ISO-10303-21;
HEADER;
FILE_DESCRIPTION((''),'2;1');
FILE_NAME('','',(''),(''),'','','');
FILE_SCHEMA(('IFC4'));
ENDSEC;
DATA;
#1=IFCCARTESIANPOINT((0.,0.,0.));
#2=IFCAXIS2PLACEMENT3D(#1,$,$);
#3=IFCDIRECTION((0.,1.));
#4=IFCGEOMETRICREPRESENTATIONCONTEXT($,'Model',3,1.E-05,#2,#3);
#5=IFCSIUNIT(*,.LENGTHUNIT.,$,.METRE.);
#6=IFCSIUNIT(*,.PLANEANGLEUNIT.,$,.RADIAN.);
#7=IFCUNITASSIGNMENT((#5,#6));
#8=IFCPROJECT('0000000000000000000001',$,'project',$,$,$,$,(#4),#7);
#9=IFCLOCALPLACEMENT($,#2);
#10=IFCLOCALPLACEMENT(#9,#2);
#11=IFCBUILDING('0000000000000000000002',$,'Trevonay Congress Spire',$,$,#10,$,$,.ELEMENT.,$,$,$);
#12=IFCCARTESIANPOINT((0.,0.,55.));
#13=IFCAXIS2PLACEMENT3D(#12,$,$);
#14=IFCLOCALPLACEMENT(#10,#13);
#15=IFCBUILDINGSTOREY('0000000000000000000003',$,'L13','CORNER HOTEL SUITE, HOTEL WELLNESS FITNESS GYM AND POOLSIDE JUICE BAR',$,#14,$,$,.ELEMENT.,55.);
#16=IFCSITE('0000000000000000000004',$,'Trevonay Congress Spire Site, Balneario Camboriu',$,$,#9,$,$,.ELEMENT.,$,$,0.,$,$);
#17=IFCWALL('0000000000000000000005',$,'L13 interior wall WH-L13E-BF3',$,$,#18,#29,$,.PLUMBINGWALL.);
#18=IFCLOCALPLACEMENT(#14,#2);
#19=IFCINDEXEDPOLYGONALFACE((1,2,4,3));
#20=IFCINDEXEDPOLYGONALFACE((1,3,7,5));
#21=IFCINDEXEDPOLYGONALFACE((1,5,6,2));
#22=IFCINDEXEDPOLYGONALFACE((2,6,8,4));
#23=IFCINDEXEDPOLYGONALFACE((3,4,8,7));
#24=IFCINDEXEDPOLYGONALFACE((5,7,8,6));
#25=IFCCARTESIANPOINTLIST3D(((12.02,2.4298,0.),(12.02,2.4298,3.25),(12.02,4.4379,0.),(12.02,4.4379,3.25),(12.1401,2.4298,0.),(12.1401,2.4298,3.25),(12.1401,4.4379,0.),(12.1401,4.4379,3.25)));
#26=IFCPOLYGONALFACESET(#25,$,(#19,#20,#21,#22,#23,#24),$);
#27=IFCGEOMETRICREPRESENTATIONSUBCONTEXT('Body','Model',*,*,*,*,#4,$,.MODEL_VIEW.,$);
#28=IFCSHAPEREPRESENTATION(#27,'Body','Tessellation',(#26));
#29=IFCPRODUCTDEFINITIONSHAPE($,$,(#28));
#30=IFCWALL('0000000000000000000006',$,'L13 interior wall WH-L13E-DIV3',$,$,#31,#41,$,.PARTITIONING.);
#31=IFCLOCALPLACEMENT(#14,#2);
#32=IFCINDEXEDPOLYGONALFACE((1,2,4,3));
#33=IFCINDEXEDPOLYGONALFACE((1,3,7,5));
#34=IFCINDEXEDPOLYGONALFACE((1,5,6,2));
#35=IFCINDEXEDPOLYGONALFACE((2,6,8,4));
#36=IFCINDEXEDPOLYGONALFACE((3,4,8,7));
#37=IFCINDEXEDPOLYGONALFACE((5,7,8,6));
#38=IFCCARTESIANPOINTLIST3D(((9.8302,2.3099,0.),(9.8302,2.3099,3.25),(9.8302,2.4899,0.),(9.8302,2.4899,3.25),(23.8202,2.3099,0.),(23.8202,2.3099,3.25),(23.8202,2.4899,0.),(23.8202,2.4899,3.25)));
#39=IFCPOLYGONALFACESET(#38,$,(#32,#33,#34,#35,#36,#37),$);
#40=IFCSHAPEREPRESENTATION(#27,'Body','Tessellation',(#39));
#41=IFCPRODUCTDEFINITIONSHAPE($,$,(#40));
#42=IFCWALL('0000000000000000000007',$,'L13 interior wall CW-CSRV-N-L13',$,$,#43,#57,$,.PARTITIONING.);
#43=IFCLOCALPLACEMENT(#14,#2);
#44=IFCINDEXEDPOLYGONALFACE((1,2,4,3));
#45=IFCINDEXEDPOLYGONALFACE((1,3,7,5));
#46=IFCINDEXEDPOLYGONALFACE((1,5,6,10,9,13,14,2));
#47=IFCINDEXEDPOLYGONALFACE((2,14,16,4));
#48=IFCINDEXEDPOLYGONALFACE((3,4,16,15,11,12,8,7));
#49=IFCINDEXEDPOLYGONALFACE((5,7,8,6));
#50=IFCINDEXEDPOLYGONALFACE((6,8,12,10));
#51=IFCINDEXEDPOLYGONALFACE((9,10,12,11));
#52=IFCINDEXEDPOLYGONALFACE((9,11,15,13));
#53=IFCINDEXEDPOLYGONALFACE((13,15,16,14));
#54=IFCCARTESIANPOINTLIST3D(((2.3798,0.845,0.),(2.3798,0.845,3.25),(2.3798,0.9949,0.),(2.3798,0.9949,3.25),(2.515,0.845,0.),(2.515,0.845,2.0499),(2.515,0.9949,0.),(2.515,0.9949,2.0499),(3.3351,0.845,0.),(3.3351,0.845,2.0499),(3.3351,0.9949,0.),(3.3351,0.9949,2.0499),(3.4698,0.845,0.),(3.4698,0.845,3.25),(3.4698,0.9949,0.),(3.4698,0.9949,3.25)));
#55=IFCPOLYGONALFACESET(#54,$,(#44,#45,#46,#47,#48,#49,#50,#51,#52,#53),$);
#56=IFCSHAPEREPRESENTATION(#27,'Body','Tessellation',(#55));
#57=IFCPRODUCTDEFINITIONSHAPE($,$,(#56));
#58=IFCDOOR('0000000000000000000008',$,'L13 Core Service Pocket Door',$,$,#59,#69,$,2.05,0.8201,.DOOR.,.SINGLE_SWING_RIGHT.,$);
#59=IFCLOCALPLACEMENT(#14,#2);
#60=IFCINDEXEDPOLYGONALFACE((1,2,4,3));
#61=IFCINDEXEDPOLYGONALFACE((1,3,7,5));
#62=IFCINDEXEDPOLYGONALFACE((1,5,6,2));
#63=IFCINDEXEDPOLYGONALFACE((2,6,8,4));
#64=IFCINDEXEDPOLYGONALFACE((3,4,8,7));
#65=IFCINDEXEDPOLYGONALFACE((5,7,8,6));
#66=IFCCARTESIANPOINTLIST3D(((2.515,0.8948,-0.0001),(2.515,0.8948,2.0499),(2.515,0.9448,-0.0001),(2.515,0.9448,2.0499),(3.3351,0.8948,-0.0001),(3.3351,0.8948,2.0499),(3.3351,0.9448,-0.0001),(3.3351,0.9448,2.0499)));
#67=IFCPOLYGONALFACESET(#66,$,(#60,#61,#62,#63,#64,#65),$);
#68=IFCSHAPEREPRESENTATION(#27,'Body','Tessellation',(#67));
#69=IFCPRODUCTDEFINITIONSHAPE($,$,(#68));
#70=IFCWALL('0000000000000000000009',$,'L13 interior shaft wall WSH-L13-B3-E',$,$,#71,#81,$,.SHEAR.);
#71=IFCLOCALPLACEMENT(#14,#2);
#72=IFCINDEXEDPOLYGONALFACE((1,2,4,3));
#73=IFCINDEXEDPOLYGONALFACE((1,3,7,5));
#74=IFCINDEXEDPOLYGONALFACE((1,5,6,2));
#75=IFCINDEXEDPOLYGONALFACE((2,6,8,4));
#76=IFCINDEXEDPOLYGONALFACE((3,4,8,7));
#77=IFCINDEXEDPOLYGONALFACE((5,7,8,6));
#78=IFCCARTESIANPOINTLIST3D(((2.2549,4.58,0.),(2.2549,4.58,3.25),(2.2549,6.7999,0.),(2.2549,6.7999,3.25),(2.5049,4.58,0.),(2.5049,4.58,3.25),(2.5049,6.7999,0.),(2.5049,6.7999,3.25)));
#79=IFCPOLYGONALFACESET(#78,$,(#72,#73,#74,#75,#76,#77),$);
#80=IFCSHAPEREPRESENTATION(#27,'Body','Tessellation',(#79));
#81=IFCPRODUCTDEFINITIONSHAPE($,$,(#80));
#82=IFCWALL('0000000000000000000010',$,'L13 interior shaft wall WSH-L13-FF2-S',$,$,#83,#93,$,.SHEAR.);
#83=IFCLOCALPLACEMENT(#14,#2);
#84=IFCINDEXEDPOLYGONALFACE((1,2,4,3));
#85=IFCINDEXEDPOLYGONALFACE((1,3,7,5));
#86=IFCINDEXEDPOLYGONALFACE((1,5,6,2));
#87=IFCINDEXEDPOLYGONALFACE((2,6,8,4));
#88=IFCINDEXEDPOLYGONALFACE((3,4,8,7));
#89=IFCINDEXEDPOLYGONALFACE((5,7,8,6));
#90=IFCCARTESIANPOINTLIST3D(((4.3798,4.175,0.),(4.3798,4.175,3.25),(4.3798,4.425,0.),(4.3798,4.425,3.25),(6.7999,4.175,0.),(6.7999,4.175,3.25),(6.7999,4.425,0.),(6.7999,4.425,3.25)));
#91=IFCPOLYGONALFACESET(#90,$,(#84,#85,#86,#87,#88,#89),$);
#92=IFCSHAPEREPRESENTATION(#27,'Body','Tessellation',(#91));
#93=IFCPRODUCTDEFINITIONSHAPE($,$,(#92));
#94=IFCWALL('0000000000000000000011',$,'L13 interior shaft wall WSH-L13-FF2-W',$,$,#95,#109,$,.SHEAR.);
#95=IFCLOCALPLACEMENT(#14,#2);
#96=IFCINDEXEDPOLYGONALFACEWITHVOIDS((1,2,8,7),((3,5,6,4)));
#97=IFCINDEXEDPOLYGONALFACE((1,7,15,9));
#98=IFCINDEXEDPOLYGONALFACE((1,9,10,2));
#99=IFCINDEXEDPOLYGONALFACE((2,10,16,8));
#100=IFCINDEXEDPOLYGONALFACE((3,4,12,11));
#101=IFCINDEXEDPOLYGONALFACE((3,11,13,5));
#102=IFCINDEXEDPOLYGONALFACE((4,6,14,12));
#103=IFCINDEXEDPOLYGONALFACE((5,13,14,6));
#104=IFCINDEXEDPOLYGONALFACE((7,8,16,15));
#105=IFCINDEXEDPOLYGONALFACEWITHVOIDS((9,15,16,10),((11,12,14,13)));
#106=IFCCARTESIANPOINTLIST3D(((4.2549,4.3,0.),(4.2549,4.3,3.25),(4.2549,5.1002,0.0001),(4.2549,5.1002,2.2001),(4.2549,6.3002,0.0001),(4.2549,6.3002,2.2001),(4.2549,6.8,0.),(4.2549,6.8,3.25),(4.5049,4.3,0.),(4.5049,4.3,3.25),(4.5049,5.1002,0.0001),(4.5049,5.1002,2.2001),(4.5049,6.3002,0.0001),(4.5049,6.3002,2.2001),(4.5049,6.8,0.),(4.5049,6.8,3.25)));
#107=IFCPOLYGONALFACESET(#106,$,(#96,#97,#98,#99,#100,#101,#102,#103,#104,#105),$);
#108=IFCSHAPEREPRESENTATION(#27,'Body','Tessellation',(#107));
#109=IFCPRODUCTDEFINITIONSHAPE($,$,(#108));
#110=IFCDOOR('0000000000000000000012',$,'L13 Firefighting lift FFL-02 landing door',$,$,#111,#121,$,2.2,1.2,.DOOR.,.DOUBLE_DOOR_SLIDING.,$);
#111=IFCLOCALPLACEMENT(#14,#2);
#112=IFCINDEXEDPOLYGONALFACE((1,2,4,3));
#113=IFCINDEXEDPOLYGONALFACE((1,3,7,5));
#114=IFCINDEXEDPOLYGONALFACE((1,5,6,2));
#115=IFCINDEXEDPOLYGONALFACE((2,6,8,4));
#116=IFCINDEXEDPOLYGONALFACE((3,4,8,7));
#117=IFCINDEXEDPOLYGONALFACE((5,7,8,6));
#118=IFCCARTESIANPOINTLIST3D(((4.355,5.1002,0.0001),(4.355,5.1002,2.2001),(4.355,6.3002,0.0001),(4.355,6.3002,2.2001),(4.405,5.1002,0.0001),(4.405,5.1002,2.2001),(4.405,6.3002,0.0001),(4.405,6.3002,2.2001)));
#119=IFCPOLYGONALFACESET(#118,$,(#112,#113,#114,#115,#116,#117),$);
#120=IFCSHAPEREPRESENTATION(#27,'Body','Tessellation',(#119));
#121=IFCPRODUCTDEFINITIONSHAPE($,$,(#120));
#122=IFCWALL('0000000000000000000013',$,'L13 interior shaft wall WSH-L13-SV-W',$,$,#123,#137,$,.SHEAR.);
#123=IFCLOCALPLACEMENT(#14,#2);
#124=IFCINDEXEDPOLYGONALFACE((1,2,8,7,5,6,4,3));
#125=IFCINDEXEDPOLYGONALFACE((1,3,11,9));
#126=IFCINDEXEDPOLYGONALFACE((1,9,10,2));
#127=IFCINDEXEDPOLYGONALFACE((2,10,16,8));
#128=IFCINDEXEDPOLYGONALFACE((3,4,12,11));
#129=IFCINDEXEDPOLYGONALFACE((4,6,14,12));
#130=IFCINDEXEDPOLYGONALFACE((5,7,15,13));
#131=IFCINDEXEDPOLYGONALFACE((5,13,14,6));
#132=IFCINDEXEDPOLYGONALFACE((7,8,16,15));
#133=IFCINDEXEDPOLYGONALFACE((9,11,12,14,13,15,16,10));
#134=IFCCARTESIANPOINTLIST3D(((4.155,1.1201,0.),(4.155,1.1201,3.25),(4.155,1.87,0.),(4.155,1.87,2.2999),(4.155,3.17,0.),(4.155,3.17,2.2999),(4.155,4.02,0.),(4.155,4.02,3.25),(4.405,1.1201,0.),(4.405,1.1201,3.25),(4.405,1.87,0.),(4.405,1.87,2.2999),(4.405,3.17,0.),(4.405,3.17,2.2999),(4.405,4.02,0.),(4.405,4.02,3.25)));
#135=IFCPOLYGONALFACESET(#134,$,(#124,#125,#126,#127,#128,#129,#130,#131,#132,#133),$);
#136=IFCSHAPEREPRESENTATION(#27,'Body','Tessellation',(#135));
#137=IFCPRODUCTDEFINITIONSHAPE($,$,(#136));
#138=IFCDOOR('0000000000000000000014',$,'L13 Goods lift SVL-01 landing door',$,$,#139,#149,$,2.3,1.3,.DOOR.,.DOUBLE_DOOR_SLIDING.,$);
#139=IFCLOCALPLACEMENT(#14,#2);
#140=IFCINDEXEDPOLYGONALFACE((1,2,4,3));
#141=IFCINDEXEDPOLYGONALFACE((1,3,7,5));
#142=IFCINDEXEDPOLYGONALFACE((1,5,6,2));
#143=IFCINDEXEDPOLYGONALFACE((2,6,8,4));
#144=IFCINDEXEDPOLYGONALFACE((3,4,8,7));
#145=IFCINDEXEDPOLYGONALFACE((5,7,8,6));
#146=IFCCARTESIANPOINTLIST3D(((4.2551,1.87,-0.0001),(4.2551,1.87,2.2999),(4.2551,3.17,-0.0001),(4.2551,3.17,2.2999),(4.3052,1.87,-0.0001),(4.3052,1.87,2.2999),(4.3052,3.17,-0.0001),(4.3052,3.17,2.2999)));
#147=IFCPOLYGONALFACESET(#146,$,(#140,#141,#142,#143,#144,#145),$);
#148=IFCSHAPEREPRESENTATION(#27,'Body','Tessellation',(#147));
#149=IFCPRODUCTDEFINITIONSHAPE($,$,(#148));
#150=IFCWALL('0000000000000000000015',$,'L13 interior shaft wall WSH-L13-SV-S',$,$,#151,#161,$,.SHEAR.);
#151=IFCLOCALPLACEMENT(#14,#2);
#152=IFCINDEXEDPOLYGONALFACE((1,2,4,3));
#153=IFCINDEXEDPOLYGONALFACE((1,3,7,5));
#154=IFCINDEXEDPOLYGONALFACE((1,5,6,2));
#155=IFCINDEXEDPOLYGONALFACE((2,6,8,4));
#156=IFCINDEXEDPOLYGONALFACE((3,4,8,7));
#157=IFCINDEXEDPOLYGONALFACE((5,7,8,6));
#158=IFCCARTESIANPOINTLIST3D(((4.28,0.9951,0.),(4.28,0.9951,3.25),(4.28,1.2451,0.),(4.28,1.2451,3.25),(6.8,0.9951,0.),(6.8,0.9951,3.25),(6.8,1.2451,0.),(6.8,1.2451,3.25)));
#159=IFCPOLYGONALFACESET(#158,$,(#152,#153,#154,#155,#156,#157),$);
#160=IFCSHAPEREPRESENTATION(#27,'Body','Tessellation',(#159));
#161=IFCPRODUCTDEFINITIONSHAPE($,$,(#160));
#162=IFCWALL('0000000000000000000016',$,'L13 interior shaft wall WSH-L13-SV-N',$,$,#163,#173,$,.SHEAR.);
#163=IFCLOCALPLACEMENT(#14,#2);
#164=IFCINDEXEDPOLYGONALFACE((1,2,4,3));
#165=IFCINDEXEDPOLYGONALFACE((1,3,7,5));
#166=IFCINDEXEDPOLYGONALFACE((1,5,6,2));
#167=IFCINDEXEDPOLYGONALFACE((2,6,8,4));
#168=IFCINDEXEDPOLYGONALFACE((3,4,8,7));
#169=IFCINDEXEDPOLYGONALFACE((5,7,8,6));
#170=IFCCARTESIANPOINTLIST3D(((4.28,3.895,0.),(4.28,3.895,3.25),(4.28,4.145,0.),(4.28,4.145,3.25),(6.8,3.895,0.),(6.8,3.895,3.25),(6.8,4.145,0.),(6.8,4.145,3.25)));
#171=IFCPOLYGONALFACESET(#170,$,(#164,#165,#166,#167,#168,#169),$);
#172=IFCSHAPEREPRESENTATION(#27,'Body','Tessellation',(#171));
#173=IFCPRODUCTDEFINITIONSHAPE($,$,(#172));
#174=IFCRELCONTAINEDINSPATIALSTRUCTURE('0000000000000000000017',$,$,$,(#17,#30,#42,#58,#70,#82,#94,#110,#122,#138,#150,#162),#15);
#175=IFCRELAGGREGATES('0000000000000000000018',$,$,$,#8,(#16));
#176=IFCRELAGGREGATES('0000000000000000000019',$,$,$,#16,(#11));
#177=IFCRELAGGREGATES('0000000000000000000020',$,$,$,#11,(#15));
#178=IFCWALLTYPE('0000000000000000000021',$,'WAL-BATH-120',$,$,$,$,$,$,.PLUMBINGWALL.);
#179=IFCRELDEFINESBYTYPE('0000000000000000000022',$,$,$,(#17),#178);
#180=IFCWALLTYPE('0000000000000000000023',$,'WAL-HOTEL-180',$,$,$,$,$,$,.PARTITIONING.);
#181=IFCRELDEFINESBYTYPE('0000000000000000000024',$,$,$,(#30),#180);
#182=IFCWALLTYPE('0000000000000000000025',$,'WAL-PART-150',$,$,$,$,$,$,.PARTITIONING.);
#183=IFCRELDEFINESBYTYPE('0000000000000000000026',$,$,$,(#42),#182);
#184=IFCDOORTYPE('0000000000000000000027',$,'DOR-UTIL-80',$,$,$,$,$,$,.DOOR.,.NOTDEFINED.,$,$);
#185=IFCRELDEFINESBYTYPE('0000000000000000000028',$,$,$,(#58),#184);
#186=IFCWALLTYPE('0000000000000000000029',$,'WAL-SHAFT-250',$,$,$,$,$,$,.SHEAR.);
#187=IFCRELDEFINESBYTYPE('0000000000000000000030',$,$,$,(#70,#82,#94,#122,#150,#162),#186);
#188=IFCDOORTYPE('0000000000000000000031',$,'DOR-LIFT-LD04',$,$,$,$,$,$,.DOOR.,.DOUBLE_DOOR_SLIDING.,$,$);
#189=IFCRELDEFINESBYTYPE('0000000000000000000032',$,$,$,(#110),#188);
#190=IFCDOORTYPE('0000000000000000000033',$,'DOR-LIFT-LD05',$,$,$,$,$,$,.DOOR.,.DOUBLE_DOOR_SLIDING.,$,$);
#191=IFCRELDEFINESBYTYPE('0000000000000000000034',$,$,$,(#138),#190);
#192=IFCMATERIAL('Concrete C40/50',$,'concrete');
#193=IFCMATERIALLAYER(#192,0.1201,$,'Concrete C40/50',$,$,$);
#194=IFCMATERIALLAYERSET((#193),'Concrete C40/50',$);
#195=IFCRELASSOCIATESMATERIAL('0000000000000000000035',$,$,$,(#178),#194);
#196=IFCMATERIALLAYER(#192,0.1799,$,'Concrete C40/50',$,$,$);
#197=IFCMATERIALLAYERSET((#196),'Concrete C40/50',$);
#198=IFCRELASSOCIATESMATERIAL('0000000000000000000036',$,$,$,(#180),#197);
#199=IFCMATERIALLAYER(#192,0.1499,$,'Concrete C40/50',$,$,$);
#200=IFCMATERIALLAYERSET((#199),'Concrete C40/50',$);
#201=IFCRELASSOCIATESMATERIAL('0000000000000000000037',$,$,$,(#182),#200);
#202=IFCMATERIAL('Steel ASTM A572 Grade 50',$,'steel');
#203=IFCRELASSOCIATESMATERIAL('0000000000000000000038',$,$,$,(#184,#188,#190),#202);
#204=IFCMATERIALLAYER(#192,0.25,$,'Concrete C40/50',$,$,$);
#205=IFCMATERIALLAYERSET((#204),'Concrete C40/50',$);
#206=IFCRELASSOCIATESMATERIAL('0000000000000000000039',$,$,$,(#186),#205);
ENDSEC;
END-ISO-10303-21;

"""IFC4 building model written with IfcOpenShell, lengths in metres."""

from ifc_helpers import new_model, si_unit, direction, frame, frame_2d, origin, place, context, subcontext, project, spatial, rectangle, extrude, material, layer, layer_set, type_object, element, fill, save


model = new_model("IFC4")

# Units and contexts
model_context = context("Model", 3, precision=1e-05, world=origin(), true_north=direction((0.0, 1.0)))
body_context = subcontext(model_context, "Body", "Model", "MODEL_VIEW")
ifc_project = project(units=[si_unit("LENGTHUNIT", "METRE"), si_unit("PLANEANGLEUNIT", "RADIAN")], contexts=[model_context])

# Site, building, storey
site_placement = place(None, origin())
site = spatial("IfcSite", under=ifc_project, at=site_placement, Name="Trevonay Congress Spire Site, Balneario Camboriu", CompositionType="ELEMENT", RefElevation=0.0)
building_placement = place(site_placement, origin())
building = spatial("IfcBuilding", under=site, at=building_placement, Name="Trevonay Congress Spire", CompositionType="ELEMENT")
storey_placement = place(building_placement, frame((0.0, 0.0, 55.0)))
storey = spatial("IfcBuildingStorey", under=building, at=storey_placement, Name="L13", Description="CORNER HOTEL SUITE, HOTEL WELLNESS FITNESS GYM AND POOLSIDE JUICE BAR", CompositionType="ELEMENT", Elevation=55.0)

# Shared definitions
ifc_material_1 = material(Name="Steel ASTM A572 Grade 50", Category="steel")

# Shared definitions
ifc_material_2 = material(Name="Concrete C40/50", Category="concrete")
ifc_layer_1 = layer(ifc_material_2, 0.1201, Name="Concrete C40/50")
ifc_layer_set_1 = layer_set([ifc_layer_1], Name="Concrete C40/50")
wall_type_1 = type_object("IfcWallType", Name="WAL-BATH-120", PredefinedType="PLUMBINGWALL", material=ifc_layer_set_1)

# Walls
wall_1_placement = place(storey_placement, frame((12.0801, 2.4299, 0.0), z_axis=(0.0, 0.0, 1.0), x_axis=(0.0, 1.0, 0.0)))
element("IfcWall", 1, at=wall_1_placement, inside=storey, type_object=wall_type_1, Name="L13 interior wall WH-L13E-BF3", PredefinedType="PLUMBINGWALL", context=body_context, shape_type="SweptSolid", body=[
    extrude(rectangle(XDim=2.0081, YDim=0.1201, at=frame_2d((1.0039, 0.0))), origin(), (0.0, 0.0, 1.0), 3.25),
])
ifc_layer_2 = layer(ifc_material_2, 0.1799, Name="Concrete C40/50")
ifc_layer_set_2 = layer_set([ifc_layer_2], Name="Concrete C40/50")
wall_type_2 = type_object("IfcWallType", Name="WAL-HOTEL-180", PredefinedType="PARTITIONING", material=ifc_layer_set_2)
wall_2_placement = place(storey_placement, frame((9.8301, 2.3999, 0.0), z_axis=(0.0, 0.0, 1.0), x_axis=(1.0, 0.0, 0.0)))
element("IfcWall", 2, at=wall_2_placement, inside=storey, type_object=wall_type_2, Name="L13 interior wall WH-L13E-DIV3", PredefinedType="PARTITIONING", context=body_context, shape_type="SweptSolid", body=[
    extrude(rectangle(XDim=13.99, YDim=0.1799, at=frame_2d((6.9951, 0.0))), origin(), (0.0, 0.0, 1.0), 3.25),
])

# Wall, opening, door
ifc_layer_3 = layer(ifc_material_2, 0.1499, Name="Concrete C40/50")
ifc_layer_set_3 = layer_set([ifc_layer_3], Name="Concrete C40/50")
wall_type_3 = type_object("IfcWallType", Name="WAL-PART-150", PredefinedType="PARTITIONING", material=ifc_layer_set_3)
wall_3_placement = place(storey_placement, frame((2.3799, 0.9199, 0.0), z_axis=(0.0, 0.0, 1.0), x_axis=(1.0, 0.0, 0.0)))
wall_3 = element("IfcWall", 3, at=wall_3_placement, inside=storey, type_object=wall_type_3, Name="L13 interior wall CW-CSRV-N-L13", PredefinedType="PARTITIONING", context=body_context, shape_type="SweptSolid", body=[
    extrude(rectangle(XDim=1.0901, YDim=0.1499, at=frame_2d((0.5449, 0.0))), origin(), (0.0, 0.0, 1.0), 3.25),
])
opening_1_placement = place(wall_3_placement, frame((0.135, 0.0, 0.0)))
opening_1 = element("IfcOpeningElement", 4, at=opening_1_placement, cuts=wall_3, PredefinedType="OPENING", context=body_context, shape_type="SweptSolid", body=[
    extrude(rectangle(XDim=0.8201, YDim=2.05, at=frame_2d((0.4102, 1.0249))), frame((0.0, 0.085, 0.0), z_axis=(0.0, -1.0, 0.0), x_axis=(1.0, 0.0, 0.0)), (0.0, 0.0, 1.0), 0.1699),
])
door_type_1 = type_object("IfcDoorType", Name="DOR-UTIL-80", OperationType="NOTDEFINED", PredefinedType="DOOR", material=ifc_material_1)
door_1_placement = place(opening_1_placement, origin())
door_1 = element("IfcDoor", 5, at=door_1_placement, inside=storey, type_object=door_type_1, Name="L13 Core Service Pocket Door", OperationType="SINGLE_SWING_RIGHT", OverallHeight=2.05, OverallWidth=0.8201, PredefinedType="DOOR", context=body_context, shape_type="SweptSolid", body=[
    extrude(rectangle(XDim=0.8201, YDim=2.05, at=frame_2d((0.4102, 1.0249))), frame((0.0, 0.0249, 0.0), z_axis=(0.0, -1.0, 0.0), x_axis=(1.0, 0.0, 0.0)), (0.0, 0.0, 1.0), 0.05),
])
fill(opening_1, door_1)

# Walls
ifc_layer_4 = layer(ifc_material_2, 0.25, Name="Concrete C40/50")
ifc_layer_set_4 = layer_set([ifc_layer_4], Name="Concrete C40/50")
wall_type_4 = type_object("IfcWallType", Name="WAL-SHAFT-250", PredefinedType="SHEAR", material=ifc_layer_set_4)
wall_4_placement = place(storey_placement, frame((2.3799, 4.5801, 0.0), z_axis=(0.0, 0.0, 1.0), x_axis=(0.0, 1.0, 0.0)))
element("IfcWall", 6, at=wall_4_placement, inside=storey, type_object=wall_type_4, Name="L13 interior shaft wall WSH-L13-B3-E", PredefinedType="SHEAR", context=body_context, shape_type="SweptSolid", body=[
    extrude(rectangle(XDim=2.22, YDim=0.25, at=frame_2d((1.1099, 0.0))), origin(), (0.0, 0.0, 1.0), 3.25),
])
wall_5_placement = place(storey_placement, frame((4.3799, 4.3, 0.0), z_axis=(0.0, 0.0, 1.0), x_axis=(1.0, 0.0, 0.0)))
element("IfcWall", 7, at=wall_5_placement, inside=storey, type_object=wall_type_4, Name="L13 interior shaft wall WSH-L13-FF2-S", PredefinedType="SHEAR", context=body_context, shape_type="SweptSolid", body=[
    extrude(rectangle(XDim=2.4202, YDim=0.25, at=frame_2d((1.21, 0.0))), origin(), (0.0, 0.0, 1.0), 3.25),
])

# Walls, openings, doors
wall_6_placement = place(storey_placement, frame((4.3799, 4.3, 0.0), z_axis=(0.0, 0.0, 1.0), x_axis=(0.0, 1.0, 0.0)))
wall_6 = element("IfcWall", 8, at=wall_6_placement, inside=storey, type_object=wall_type_4, Name="L13 interior shaft wall WSH-L13-FF2-W", PredefinedType="SHEAR", context=body_context, shape_type="SweptSolid", body=[
    extrude(rectangle(XDim=2.5, YDim=0.25, at=frame_2d((1.25, 0.0))), origin(), (0.0, 0.0, 1.0), 3.25),
])
opening_2_placement = place(wall_6_placement, frame((0.8, 0.0, 0.0)))
opening_2 = element("IfcOpeningElement", 9, at=opening_2_placement, cuts=wall_6, PredefinedType="OPENING", context=body_context, shape_type="SweptSolid", body=[
    extrude(rectangle(XDim=1.2, YDim=2.2, at=frame_2d((0.6001, 1.1001))), frame((0.0, 0.135, 0.0), z_axis=(0.0, -1.0, 0.0), x_axis=(1.0, 0.0, 0.0)), (0.0, 0.0, 1.0), 0.27),
])
door_type_2 = type_object("IfcDoorType", Name="DOR-LIFT-LD04", OperationType="DOUBLE_DOOR_SLIDING", PredefinedType="DOOR", material=ifc_material_1)
door_2_placement = place(opening_2_placement, origin())
door_2 = element("IfcDoor", 10, at=door_2_placement, inside=storey, type_object=door_type_2, Name="L13 Firefighting lift FFL-02 landing door", OperationType="DOUBLE_DOOR_SLIDING", OverallHeight=2.2, OverallWidth=1.2, PredefinedType="DOOR", context=body_context, shape_type="SweptSolid", body=[
    extrude(rectangle(XDim=1.2, YDim=2.2, at=frame_2d((0.6001, 1.1001))), frame((0.0, 0.0249, 0.0), z_axis=(0.0, -1.0, 0.0), x_axis=(1.0, 0.0, 0.0)), (0.0, 0.0, 1.0), 0.05),
])
fill(opening_2, door_2)
wall_7_placement = place(storey_placement, frame((4.28, 1.1201, 0.0), z_axis=(0.0, 0.0, 1.0), x_axis=(0.0, 1.0, 0.0)))
wall_7 = element("IfcWall", 11, at=wall_7_placement, inside=storey, type_object=wall_type_4, Name="L13 interior shaft wall WSH-L13-SV-W", PredefinedType="SHEAR", context=body_context, shape_type="SweptSolid", body=[
    extrude(rectangle(XDim=2.8999, YDim=0.25, at=frame_2d((1.45, 0.0))), origin(), (0.0, 0.0, 1.0), 3.25),
])
opening_3_placement = place(wall_7_placement, frame((0.75, 0.0, 0.0)))
opening_3 = element("IfcOpeningElement", 12, at=opening_3_placement, cuts=wall_7, PredefinedType="OPENING", context=body_context, shape_type="SweptSolid", body=[
    extrude(rectangle(XDim=1.3, YDim=2.3, at=frame_2d((0.6499, 1.1499))), frame((0.0, 0.135, 0.0), z_axis=(0.0, -1.0, 0.0), x_axis=(1.0, 0.0, 0.0)), (0.0, 0.0, 1.0), 0.27),
])
door_type_3 = type_object("IfcDoorType", Name="DOR-LIFT-LD05", OperationType="DOUBLE_DOOR_SLIDING", PredefinedType="DOOR", material=ifc_material_1)
door_3_placement = place(opening_3_placement, origin())
door_3 = element("IfcDoor", 13, at=door_3_placement, inside=storey, type_object=door_type_3, Name="L13 Goods lift SVL-01 landing door", OperationType="DOUBLE_DOOR_SLIDING", OverallHeight=2.3, OverallWidth=1.3, PredefinedType="DOOR", context=body_context, shape_type="SweptSolid", body=[
    extrude(rectangle(XDim=1.3, YDim=2.3, at=frame_2d((0.6499, 1.1499))), frame((0.0, 0.0249, 0.0), z_axis=(0.0, -1.0, 0.0), x_axis=(1.0, 0.0, 0.0)), (0.0, 0.0, 1.0), 0.05),
])
fill(opening_3, door_3)

# Walls
for number, where, z_axis, x_axis, name in (
    (14, (4.28, 1.1201, 0.0), (0.0, 0.0, 1.0), (1.0, 0.0, 0.0), "L13 interior shaft wall WSH-L13-SV-S"),
    (15, (4.28, 4.02, 0.0), (0.0, 0.0, 1.0), (1.0, 0.0, 0.0), "L13 interior shaft wall WSH-L13-SV-N"),
):
    element("IfcWall", number, at=place(storey_placement, frame(where, z_axis=z_axis, x_axis=x_axis)), inside=storey, type_object=wall_type_4, Name=name, PredefinedType="SHEAR", context=body_context, shape_type="SweptSolid", body=[
        extrude(rectangle(XDim=2.52, YDim=0.25, at=frame_2d((1.26, 0.0))), origin(), (0.0, 0.0, 1.0), 3.25),
    ])

save(model, "model.ifc")
